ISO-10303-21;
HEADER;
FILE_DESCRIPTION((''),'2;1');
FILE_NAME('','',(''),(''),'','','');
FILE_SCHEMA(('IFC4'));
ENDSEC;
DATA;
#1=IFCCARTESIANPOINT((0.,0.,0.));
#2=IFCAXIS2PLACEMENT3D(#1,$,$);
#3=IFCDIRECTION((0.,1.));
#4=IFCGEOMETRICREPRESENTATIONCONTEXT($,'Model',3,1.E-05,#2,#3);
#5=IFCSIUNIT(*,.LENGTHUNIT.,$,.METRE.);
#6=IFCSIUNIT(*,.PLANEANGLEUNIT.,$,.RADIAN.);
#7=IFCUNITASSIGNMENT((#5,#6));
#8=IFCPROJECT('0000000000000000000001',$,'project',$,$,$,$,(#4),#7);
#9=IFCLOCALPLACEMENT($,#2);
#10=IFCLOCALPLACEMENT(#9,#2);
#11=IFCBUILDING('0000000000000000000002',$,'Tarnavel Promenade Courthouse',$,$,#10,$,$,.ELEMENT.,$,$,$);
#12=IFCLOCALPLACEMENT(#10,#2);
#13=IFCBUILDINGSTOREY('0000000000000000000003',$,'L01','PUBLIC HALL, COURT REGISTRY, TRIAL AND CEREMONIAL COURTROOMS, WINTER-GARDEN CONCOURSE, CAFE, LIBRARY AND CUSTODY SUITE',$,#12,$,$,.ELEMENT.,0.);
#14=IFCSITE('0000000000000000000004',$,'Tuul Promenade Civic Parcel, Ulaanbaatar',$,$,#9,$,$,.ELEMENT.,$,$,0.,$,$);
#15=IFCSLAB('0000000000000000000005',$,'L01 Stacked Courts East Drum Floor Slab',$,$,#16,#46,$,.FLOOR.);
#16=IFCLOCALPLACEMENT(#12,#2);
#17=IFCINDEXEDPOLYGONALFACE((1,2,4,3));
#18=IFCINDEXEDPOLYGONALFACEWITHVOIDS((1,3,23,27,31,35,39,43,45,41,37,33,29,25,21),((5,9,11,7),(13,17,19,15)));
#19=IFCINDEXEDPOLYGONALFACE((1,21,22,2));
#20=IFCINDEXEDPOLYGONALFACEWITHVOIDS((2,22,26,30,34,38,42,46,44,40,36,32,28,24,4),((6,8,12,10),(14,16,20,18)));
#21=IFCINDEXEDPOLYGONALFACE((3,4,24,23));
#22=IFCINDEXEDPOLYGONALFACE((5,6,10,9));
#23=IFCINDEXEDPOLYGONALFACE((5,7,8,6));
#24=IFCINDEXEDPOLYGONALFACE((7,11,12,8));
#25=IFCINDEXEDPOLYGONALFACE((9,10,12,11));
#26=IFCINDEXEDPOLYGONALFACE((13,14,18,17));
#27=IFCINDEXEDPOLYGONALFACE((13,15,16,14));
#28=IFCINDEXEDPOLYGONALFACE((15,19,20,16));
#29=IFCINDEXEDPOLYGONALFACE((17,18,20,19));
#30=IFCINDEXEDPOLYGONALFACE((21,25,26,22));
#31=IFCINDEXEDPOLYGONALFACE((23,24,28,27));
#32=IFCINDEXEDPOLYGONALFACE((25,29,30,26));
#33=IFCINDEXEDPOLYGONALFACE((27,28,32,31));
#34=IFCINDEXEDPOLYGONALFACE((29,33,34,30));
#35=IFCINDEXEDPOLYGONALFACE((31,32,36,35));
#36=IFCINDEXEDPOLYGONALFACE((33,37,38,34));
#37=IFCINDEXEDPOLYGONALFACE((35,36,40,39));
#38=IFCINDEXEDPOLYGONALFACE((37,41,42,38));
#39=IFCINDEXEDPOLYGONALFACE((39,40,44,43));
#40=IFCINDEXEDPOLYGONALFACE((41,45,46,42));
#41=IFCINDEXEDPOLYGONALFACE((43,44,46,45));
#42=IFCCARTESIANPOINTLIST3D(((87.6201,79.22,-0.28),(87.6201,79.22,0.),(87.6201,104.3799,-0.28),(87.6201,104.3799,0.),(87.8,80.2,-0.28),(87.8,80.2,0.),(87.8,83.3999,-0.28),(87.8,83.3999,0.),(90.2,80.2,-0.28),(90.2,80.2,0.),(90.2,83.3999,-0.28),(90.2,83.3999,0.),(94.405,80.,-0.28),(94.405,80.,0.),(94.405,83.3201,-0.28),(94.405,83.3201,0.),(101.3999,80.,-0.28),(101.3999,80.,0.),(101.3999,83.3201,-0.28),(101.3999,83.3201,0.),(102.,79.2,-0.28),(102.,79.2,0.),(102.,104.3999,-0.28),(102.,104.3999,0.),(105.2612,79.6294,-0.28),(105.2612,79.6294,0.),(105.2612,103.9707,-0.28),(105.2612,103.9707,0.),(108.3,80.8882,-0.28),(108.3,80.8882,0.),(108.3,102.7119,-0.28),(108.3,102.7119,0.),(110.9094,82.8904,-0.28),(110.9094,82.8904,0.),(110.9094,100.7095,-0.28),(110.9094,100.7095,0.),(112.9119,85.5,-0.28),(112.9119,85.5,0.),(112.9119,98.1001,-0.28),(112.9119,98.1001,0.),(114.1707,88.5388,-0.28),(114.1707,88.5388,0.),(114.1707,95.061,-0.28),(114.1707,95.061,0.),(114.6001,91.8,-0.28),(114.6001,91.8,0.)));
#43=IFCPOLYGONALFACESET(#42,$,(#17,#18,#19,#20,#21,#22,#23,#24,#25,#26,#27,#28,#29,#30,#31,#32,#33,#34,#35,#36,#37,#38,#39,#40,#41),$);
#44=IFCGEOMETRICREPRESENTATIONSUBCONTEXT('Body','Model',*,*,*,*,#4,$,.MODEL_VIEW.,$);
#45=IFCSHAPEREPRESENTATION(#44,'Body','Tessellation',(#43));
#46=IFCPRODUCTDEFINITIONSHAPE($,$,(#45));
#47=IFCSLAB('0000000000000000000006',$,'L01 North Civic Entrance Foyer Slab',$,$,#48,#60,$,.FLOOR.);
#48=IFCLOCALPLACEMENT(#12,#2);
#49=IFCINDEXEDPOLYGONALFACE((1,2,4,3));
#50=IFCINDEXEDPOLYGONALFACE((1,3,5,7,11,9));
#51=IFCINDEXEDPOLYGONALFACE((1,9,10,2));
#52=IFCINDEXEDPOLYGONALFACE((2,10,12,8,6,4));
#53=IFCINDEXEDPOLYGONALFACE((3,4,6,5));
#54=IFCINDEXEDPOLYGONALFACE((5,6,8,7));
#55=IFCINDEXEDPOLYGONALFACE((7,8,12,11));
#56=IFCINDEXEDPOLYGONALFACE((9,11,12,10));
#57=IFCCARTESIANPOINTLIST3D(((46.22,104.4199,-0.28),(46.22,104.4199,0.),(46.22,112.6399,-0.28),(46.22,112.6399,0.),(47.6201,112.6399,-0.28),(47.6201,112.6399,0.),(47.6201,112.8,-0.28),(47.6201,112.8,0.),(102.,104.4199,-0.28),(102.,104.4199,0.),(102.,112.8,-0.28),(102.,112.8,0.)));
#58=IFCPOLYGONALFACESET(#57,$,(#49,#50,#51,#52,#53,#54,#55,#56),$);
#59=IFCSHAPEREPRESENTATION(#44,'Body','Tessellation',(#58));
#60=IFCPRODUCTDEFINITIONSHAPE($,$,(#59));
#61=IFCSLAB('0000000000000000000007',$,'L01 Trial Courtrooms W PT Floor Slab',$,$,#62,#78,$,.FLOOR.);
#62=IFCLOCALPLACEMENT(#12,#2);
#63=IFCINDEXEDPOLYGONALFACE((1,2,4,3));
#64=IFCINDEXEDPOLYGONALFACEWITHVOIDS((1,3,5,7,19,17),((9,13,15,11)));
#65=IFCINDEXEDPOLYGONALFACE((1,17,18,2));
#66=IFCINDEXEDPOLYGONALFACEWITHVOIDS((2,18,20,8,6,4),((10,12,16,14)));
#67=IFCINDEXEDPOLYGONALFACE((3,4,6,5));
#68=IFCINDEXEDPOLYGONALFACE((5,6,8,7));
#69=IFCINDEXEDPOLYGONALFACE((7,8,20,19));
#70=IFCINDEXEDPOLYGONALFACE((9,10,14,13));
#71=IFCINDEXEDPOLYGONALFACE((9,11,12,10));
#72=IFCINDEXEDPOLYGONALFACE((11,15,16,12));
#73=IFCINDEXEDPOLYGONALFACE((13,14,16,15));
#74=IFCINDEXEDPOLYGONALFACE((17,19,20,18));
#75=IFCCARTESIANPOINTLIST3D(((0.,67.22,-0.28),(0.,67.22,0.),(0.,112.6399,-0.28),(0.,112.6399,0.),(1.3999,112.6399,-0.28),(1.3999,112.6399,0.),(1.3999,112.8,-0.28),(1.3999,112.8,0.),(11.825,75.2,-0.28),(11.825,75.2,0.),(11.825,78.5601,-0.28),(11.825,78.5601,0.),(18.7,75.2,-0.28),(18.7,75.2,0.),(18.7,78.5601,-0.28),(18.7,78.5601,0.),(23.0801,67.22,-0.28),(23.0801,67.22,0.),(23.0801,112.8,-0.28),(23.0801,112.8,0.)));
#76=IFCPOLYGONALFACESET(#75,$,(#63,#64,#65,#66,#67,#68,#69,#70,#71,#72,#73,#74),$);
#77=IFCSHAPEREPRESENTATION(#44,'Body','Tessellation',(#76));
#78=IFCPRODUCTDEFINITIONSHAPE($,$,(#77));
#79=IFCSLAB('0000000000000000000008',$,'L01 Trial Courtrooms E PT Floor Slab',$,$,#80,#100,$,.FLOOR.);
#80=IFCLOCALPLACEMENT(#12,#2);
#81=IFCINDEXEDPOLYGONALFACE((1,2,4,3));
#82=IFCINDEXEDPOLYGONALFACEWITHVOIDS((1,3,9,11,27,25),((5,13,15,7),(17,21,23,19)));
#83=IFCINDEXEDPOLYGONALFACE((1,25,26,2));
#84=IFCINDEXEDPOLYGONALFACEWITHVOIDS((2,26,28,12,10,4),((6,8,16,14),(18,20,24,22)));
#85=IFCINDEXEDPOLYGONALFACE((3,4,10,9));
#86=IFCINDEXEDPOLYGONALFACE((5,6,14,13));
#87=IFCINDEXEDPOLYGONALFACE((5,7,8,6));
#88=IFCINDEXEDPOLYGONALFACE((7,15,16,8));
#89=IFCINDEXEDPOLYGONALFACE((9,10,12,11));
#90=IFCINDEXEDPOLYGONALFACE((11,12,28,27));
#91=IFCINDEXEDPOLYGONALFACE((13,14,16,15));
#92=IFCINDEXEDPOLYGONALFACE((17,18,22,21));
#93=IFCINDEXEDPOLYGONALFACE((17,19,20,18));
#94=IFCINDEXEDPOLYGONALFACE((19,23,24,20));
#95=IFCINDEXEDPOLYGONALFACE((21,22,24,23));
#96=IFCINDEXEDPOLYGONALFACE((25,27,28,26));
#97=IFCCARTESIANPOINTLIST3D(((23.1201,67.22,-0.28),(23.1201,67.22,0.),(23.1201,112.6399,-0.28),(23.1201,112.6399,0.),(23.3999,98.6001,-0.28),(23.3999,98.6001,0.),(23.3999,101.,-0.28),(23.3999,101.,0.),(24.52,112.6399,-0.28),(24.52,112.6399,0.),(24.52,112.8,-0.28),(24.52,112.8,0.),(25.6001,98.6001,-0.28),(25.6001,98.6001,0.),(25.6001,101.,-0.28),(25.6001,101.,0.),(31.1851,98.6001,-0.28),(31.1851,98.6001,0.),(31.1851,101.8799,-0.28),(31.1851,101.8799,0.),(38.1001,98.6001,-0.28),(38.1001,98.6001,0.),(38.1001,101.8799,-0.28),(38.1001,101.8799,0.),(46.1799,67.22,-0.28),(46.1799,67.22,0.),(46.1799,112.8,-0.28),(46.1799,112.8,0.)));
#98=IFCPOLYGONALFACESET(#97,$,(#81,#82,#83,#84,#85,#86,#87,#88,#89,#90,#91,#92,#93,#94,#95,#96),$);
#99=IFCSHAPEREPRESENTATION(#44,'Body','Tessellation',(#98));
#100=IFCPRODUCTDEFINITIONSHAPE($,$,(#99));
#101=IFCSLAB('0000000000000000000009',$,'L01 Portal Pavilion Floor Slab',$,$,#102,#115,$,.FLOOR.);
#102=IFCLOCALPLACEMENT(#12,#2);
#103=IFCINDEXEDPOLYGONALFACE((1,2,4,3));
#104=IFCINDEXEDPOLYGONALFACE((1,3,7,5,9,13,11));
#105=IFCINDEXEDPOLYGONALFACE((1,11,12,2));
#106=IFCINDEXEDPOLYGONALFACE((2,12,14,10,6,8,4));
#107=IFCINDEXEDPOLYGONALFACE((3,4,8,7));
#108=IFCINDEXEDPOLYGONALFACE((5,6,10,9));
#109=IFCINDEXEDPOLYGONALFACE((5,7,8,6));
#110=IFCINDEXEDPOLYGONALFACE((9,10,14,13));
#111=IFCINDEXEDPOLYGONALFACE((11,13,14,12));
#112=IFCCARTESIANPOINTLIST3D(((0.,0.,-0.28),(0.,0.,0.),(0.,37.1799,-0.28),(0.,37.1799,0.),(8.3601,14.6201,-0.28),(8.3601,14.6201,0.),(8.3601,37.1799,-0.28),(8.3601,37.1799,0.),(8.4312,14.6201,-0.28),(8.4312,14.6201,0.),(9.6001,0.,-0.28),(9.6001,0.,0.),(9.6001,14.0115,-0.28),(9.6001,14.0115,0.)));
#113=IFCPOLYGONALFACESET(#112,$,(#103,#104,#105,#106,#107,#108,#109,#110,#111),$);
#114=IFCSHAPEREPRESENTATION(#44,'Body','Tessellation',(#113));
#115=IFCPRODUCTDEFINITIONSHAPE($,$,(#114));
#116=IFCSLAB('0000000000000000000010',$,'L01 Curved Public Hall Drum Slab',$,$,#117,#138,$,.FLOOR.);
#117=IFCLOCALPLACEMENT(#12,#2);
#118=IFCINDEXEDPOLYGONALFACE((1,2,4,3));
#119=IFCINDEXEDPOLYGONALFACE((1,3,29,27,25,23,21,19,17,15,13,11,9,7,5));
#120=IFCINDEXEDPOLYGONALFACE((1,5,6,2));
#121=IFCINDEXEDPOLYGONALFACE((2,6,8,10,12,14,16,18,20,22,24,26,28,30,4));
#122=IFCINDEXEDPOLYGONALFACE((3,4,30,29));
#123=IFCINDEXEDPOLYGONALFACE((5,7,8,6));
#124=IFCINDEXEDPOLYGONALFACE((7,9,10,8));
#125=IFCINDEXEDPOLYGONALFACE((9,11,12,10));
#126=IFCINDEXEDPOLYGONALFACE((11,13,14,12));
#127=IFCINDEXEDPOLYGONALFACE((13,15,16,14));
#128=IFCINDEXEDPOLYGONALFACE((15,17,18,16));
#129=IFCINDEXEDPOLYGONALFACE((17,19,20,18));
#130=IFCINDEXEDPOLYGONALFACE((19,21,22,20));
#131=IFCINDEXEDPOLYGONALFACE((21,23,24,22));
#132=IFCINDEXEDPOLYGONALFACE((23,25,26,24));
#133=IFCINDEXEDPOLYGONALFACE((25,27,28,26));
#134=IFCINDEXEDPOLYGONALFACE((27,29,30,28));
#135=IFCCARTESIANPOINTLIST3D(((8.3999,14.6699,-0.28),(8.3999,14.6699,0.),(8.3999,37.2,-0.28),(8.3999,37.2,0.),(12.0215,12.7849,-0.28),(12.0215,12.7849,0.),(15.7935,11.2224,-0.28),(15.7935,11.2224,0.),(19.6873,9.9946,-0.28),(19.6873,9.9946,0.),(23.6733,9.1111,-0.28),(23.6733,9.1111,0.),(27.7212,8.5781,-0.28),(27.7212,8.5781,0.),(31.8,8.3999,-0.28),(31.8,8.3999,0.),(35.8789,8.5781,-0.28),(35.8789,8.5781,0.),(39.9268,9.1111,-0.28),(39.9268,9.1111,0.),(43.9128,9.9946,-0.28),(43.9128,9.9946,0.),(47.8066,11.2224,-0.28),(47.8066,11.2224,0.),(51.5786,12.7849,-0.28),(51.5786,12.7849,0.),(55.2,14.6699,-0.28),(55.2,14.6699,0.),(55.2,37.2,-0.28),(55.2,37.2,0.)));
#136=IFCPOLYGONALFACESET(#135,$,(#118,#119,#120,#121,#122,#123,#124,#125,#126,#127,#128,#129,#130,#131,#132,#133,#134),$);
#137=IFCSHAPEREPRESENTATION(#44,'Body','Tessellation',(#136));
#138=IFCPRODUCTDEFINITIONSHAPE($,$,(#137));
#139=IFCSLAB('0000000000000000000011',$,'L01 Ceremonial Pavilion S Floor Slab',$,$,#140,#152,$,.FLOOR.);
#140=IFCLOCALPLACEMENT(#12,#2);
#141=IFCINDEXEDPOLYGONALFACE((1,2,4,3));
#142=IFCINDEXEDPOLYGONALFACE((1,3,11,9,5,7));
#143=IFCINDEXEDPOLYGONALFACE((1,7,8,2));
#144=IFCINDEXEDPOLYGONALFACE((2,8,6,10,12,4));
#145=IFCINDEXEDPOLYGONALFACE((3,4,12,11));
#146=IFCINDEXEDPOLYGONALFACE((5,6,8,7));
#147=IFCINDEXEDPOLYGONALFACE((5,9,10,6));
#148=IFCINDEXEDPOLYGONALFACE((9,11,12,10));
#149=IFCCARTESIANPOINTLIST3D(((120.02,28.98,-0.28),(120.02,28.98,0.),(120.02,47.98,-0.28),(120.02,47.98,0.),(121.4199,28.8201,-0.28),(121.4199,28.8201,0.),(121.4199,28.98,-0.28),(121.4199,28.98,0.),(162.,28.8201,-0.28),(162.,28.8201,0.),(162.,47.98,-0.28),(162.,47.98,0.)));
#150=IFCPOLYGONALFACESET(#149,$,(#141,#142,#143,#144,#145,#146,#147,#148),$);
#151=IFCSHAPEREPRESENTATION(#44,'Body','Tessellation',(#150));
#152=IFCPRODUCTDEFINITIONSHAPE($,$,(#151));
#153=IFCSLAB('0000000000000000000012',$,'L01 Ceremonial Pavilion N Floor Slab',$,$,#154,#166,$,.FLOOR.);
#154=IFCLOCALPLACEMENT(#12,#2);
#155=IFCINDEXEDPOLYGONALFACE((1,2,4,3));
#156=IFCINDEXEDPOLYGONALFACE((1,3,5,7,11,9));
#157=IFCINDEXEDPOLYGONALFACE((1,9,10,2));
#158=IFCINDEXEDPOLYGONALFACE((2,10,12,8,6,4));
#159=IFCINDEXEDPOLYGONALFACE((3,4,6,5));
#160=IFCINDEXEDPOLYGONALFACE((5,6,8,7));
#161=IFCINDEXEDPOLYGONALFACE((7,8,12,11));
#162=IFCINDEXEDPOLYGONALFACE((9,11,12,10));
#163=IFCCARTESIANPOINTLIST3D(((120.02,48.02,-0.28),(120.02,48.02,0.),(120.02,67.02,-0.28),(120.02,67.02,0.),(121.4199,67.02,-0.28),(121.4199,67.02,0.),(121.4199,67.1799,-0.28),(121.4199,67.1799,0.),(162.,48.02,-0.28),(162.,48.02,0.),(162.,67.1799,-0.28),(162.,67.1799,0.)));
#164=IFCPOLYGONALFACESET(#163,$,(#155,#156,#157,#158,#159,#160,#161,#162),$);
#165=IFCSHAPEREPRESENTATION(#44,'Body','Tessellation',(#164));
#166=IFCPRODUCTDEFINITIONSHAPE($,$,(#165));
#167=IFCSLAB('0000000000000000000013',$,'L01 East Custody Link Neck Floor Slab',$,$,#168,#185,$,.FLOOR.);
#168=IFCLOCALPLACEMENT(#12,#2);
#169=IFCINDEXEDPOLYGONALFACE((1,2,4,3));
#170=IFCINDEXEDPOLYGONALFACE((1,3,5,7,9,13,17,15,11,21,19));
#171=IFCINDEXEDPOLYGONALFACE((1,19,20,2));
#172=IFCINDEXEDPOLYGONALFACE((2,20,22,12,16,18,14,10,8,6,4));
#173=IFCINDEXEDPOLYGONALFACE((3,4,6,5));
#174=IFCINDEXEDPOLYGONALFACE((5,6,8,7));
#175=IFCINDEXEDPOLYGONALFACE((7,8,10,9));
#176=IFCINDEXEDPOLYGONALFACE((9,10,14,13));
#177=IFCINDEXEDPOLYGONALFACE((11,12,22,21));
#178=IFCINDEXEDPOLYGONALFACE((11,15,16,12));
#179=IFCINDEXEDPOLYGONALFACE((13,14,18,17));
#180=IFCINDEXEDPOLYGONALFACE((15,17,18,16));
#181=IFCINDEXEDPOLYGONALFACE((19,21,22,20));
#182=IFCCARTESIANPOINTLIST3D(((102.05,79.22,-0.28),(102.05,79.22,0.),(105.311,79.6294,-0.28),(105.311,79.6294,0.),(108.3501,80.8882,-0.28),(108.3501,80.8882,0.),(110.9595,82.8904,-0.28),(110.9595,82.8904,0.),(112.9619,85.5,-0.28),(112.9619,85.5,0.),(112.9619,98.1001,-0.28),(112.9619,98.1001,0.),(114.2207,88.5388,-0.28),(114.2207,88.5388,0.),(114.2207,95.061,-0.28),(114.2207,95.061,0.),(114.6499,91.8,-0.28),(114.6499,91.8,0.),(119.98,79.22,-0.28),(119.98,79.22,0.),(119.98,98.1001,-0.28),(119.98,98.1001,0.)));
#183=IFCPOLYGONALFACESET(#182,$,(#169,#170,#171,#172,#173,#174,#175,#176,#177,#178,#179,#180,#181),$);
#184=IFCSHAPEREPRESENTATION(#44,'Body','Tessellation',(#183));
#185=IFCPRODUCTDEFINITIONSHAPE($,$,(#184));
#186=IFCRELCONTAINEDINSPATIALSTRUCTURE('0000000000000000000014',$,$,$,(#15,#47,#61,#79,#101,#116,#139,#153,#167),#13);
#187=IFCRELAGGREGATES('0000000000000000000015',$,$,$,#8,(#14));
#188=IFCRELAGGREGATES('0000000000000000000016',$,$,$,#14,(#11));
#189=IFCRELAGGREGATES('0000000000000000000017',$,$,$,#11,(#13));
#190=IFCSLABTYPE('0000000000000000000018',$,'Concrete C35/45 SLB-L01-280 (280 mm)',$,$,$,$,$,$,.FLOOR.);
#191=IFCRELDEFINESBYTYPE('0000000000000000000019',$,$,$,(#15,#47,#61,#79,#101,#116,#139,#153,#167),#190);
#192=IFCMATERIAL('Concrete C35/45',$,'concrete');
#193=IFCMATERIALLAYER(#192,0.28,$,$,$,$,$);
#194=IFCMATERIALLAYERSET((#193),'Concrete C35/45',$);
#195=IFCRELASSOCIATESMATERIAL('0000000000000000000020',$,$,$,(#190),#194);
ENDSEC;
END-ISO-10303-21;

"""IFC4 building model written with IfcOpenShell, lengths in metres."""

from ifc_helpers import new_model, si_unit, direction, frame, origin, place, context, subcontext, project, spatial, polyline, outline, extrude, material, layer, layer_set, type_object, element, save


model = new_model("IFC4")

# Units and contexts
model_context = context("Model", 3, precision=1e-05, world=origin(), true_north=direction((0.0, 1.0)))
body_context = subcontext(model_context, "Body", "Model", "MODEL_VIEW")
ifc_project = project(units=[si_unit("LENGTHUNIT", "METRE"), si_unit("PLANEANGLEUNIT", "RADIAN")], contexts=[model_context])

# Site, building, storey
site_placement = place(None, origin())
site = spatial("IfcSite", under=ifc_project, at=site_placement, Name="Tuul Promenade Civic Parcel, Ulaanbaatar", CompositionType="ELEMENT", RefElevation=0.0)
building_placement = place(site_placement, origin())
building = spatial("IfcBuilding", under=site, at=building_placement, Name="Tarnavel Promenade Courthouse", CompositionType="ELEMENT")
storey_placement = place(building_placement, origin())
storey = spatial("IfcBuildingStorey", under=building, at=storey_placement, Name="L01", Description="PUBLIC HALL, COURT REGISTRY, TRIAL AND CEREMONIAL COURTROOMS, WINTER-GARDEN CONCOURSE, CAFE, LIBRARY AND CUSTODY SUITE", CompositionType="ELEMENT", Elevation=0.0)

# Slabs
ifc_material_1 = material(Name="Concrete C35/45", Category="concrete")
ifc_layer_1 = layer(ifc_material_1, 0.28)
ifc_layer_set_1 = layer_set([ifc_layer_1], Name="Concrete C35/45")
slab_type_1 = type_object("IfcSlabType", Name="Concrete C35/45 SLB-L01-280 (280 mm)", PredefinedType="FLOOR", material=ifc_layer_set_1)
slab_1_placement = place(storey_placement, frame((0.0, 0.0, -0.28)))
element("IfcSlab", 1, at=slab_1_placement, inside=storey, type_object=slab_type_1, Name="L01 Stacked Courts East Drum Floor Slab", PredefinedType="FLOOR", context=body_context, shape_type="SweptSolid", body=[
    extrude(outline(polyline([(87.6201, 104.3799), (87.6201, 79.22), (102.0, 79.2), (105.2612, 79.6294), (108.3, 80.8882), (110.9094, 82.8904), (112.9119, 85.5), (114.1707, 88.5388), (114.6001, 91.8), (114.1707, 95.061), (112.9119, 98.1001), (110.9094, 100.7095), (108.3, 102.7119), (105.2612, 103.9707), (102.0, 104.3999), (87.6201, 104.3799)]), holes=[polyline([(94.405, 80.0), (101.3999, 80.0), (101.3999, 83.3201), (94.405, 83.3201), (94.405, 80.0)]), polyline([(87.8, 80.2), (90.2, 80.2), (90.2, 83.3999), (87.8, 83.3999), (87.8, 80.2)])]), origin(), (0.0, 0.0, 1.0), 0.28),
])
slab_2_placement = place(storey_placement, frame((0.0, 0.0, -0.28)))
element("IfcSlab", 2, at=slab_2_placement, inside=storey, type_object=slab_type_1, Name="L01 North Civic Entrance Foyer Slab", PredefinedType="FLOOR", context=body_context, shape_type="SweptSolid", body=[
    extrude(outline(polyline([(46.22, 104.4199), (102.0, 104.4199), (102.0, 112.8), (47.6201, 112.8), (47.6201, 112.6399), (46.22, 112.6399), (46.22, 104.4199)])), origin(), (0.0, 0.0, 1.0), 0.28),
])
slab_3_placement = place(storey_placement, frame((0.0, 0.0, -0.28)))
element("IfcSlab", 3, at=slab_3_placement, inside=storey, type_object=slab_type_1, Name="L01 Trial Courtrooms W PT Floor Slab", PredefinedType="FLOOR", context=body_context, shape_type="SweptSolid", body=[
    extrude(outline(polyline([(0.0, 67.22), (23.0801, 67.22), (23.0801, 112.8), (1.3999, 112.8), (1.3999, 112.6399), (0.0, 112.6399), (0.0, 67.22)]), holes=[polyline([(11.825, 75.2), (18.7, 75.2), (18.7, 78.5601), (11.825, 78.5601), (11.825, 75.2)])]), origin(), (0.0, 0.0, 1.0), 0.28),
])
slab_4_placement = place(storey_placement, frame((0.0, 0.0, -0.28)))
element("IfcSlab", 4, at=slab_4_placement, inside=storey, type_object=slab_type_1, Name="L01 Trial Courtrooms E PT Floor Slab", PredefinedType="FLOOR", context=body_context, shape_type="SweptSolid", body=[
    extrude(outline(polyline([(23.1201, 67.22), (46.1799, 67.22), (46.1799, 112.8), (24.52, 112.8), (24.52, 112.6399), (23.1201, 112.6399), (23.1201, 67.22)]), holes=[polyline([(31.1851, 98.6001), (38.1001, 98.6001), (38.1001, 101.8799), (31.1851, 101.8799), (31.1851, 98.6001)]), polyline([(23.3999, 98.6001), (25.6001, 98.6001), (25.6001, 101.0), (23.3999, 101.0), (23.3999, 98.6001)])]), origin(), (0.0, 0.0, 1.0), 0.28),
])
slab_5_placement = place(storey_placement, frame((0.0, 0.0, -0.28)))
element("IfcSlab", 5, at=slab_5_placement, inside=storey, type_object=slab_type_1, Name="L01 Portal Pavilion Floor Slab", PredefinedType="FLOOR", context=body_context, shape_type="SweptSolid", body=[
    extrude(outline(polyline([(9.6001, 0.0), (0.0, 0.0), (0.0, 37.1799), (8.3601, 37.1799), (8.3601, 14.6201), (8.4312, 14.6201), (9.6001, 14.0115), (9.6001, 0.0)])), origin(), (0.0, 0.0, 1.0), 0.28),
])
slab_6_placement = place(storey_placement, frame((0.0, 0.0, -0.28)))
element("IfcSlab", 6, at=slab_6_placement, inside=storey, type_object=slab_type_1, Name="L01 Curved Public Hall Drum Slab", PredefinedType="FLOOR", context=body_context, shape_type="SweptSolid", body=[
    extrude(outline(polyline([(8.3999, 14.6699), (12.0215, 12.7849), (15.7935, 11.2224), (19.6873, 9.9946), (23.6733, 9.1111), (27.7212, 8.5781), (31.8, 8.3999), (35.8789, 8.5781), (39.9268, 9.1111), (43.9128, 9.9946), (47.8066, 11.2224), (51.5786, 12.7849), (55.2, 14.6699), (55.2, 37.2), (8.3999, 37.2), (8.3999, 14.6699)])), origin(), (0.0, 0.0, 1.0), 0.28),
])
slab_7_placement = place(storey_placement, frame((0.0, 0.0, -0.28)))
element("IfcSlab", 7, at=slab_7_placement, inside=storey, type_object=slab_type_1, Name="L01 Ceremonial Pavilion S Floor Slab", PredefinedType="FLOOR", context=body_context, shape_type="SweptSolid", body=[
    extrude(outline(polyline([(120.02, 28.98), (121.4199, 28.98), (121.4199, 28.8201), (162.0, 28.8201), (162.0, 47.98), (120.02, 47.98), (120.02, 28.98)])), origin(), (0.0, 0.0, 1.0), 0.28),
])
slab_8_placement = place(storey_placement, frame((0.0, 0.0, -0.28)))
element("IfcSlab", 8, at=slab_8_placement, inside=storey, type_object=slab_type_1, Name="L01 Ceremonial Pavilion N Floor Slab", PredefinedType="FLOOR", context=body_context, shape_type="SweptSolid", body=[
    extrude(outline(polyline([(120.02, 48.02), (162.0, 48.02), (162.0, 67.1799), (121.4199, 67.1799), (121.4199, 67.02), (120.02, 67.02), (120.02, 48.02)])), origin(), (0.0, 0.0, 1.0), 0.28),
])
slab_9_placement = place(storey_placement, frame((0.0, 0.0, -0.28)))
element("IfcSlab", 9, at=slab_9_placement, inside=storey, type_object=slab_type_1, Name="L01 East Custody Link Neck Floor Slab", PredefinedType="FLOOR", context=body_context, shape_type="SweptSolid", body=[
    extrude(outline(polyline([(102.05, 79.22), (119.98, 79.22), (119.98, 98.1001), (112.9619, 98.1001), (114.2207, 95.061), (114.6499, 91.8), (114.2207, 88.5388), (112.9619, 85.5), (110.9595, 82.8904), (108.3501, 80.8882), (105.311, 79.6294), (102.05, 79.22)])), origin(), (0.0, 0.0, 1.0), 0.28),
])

save(model, "model.ifc")
